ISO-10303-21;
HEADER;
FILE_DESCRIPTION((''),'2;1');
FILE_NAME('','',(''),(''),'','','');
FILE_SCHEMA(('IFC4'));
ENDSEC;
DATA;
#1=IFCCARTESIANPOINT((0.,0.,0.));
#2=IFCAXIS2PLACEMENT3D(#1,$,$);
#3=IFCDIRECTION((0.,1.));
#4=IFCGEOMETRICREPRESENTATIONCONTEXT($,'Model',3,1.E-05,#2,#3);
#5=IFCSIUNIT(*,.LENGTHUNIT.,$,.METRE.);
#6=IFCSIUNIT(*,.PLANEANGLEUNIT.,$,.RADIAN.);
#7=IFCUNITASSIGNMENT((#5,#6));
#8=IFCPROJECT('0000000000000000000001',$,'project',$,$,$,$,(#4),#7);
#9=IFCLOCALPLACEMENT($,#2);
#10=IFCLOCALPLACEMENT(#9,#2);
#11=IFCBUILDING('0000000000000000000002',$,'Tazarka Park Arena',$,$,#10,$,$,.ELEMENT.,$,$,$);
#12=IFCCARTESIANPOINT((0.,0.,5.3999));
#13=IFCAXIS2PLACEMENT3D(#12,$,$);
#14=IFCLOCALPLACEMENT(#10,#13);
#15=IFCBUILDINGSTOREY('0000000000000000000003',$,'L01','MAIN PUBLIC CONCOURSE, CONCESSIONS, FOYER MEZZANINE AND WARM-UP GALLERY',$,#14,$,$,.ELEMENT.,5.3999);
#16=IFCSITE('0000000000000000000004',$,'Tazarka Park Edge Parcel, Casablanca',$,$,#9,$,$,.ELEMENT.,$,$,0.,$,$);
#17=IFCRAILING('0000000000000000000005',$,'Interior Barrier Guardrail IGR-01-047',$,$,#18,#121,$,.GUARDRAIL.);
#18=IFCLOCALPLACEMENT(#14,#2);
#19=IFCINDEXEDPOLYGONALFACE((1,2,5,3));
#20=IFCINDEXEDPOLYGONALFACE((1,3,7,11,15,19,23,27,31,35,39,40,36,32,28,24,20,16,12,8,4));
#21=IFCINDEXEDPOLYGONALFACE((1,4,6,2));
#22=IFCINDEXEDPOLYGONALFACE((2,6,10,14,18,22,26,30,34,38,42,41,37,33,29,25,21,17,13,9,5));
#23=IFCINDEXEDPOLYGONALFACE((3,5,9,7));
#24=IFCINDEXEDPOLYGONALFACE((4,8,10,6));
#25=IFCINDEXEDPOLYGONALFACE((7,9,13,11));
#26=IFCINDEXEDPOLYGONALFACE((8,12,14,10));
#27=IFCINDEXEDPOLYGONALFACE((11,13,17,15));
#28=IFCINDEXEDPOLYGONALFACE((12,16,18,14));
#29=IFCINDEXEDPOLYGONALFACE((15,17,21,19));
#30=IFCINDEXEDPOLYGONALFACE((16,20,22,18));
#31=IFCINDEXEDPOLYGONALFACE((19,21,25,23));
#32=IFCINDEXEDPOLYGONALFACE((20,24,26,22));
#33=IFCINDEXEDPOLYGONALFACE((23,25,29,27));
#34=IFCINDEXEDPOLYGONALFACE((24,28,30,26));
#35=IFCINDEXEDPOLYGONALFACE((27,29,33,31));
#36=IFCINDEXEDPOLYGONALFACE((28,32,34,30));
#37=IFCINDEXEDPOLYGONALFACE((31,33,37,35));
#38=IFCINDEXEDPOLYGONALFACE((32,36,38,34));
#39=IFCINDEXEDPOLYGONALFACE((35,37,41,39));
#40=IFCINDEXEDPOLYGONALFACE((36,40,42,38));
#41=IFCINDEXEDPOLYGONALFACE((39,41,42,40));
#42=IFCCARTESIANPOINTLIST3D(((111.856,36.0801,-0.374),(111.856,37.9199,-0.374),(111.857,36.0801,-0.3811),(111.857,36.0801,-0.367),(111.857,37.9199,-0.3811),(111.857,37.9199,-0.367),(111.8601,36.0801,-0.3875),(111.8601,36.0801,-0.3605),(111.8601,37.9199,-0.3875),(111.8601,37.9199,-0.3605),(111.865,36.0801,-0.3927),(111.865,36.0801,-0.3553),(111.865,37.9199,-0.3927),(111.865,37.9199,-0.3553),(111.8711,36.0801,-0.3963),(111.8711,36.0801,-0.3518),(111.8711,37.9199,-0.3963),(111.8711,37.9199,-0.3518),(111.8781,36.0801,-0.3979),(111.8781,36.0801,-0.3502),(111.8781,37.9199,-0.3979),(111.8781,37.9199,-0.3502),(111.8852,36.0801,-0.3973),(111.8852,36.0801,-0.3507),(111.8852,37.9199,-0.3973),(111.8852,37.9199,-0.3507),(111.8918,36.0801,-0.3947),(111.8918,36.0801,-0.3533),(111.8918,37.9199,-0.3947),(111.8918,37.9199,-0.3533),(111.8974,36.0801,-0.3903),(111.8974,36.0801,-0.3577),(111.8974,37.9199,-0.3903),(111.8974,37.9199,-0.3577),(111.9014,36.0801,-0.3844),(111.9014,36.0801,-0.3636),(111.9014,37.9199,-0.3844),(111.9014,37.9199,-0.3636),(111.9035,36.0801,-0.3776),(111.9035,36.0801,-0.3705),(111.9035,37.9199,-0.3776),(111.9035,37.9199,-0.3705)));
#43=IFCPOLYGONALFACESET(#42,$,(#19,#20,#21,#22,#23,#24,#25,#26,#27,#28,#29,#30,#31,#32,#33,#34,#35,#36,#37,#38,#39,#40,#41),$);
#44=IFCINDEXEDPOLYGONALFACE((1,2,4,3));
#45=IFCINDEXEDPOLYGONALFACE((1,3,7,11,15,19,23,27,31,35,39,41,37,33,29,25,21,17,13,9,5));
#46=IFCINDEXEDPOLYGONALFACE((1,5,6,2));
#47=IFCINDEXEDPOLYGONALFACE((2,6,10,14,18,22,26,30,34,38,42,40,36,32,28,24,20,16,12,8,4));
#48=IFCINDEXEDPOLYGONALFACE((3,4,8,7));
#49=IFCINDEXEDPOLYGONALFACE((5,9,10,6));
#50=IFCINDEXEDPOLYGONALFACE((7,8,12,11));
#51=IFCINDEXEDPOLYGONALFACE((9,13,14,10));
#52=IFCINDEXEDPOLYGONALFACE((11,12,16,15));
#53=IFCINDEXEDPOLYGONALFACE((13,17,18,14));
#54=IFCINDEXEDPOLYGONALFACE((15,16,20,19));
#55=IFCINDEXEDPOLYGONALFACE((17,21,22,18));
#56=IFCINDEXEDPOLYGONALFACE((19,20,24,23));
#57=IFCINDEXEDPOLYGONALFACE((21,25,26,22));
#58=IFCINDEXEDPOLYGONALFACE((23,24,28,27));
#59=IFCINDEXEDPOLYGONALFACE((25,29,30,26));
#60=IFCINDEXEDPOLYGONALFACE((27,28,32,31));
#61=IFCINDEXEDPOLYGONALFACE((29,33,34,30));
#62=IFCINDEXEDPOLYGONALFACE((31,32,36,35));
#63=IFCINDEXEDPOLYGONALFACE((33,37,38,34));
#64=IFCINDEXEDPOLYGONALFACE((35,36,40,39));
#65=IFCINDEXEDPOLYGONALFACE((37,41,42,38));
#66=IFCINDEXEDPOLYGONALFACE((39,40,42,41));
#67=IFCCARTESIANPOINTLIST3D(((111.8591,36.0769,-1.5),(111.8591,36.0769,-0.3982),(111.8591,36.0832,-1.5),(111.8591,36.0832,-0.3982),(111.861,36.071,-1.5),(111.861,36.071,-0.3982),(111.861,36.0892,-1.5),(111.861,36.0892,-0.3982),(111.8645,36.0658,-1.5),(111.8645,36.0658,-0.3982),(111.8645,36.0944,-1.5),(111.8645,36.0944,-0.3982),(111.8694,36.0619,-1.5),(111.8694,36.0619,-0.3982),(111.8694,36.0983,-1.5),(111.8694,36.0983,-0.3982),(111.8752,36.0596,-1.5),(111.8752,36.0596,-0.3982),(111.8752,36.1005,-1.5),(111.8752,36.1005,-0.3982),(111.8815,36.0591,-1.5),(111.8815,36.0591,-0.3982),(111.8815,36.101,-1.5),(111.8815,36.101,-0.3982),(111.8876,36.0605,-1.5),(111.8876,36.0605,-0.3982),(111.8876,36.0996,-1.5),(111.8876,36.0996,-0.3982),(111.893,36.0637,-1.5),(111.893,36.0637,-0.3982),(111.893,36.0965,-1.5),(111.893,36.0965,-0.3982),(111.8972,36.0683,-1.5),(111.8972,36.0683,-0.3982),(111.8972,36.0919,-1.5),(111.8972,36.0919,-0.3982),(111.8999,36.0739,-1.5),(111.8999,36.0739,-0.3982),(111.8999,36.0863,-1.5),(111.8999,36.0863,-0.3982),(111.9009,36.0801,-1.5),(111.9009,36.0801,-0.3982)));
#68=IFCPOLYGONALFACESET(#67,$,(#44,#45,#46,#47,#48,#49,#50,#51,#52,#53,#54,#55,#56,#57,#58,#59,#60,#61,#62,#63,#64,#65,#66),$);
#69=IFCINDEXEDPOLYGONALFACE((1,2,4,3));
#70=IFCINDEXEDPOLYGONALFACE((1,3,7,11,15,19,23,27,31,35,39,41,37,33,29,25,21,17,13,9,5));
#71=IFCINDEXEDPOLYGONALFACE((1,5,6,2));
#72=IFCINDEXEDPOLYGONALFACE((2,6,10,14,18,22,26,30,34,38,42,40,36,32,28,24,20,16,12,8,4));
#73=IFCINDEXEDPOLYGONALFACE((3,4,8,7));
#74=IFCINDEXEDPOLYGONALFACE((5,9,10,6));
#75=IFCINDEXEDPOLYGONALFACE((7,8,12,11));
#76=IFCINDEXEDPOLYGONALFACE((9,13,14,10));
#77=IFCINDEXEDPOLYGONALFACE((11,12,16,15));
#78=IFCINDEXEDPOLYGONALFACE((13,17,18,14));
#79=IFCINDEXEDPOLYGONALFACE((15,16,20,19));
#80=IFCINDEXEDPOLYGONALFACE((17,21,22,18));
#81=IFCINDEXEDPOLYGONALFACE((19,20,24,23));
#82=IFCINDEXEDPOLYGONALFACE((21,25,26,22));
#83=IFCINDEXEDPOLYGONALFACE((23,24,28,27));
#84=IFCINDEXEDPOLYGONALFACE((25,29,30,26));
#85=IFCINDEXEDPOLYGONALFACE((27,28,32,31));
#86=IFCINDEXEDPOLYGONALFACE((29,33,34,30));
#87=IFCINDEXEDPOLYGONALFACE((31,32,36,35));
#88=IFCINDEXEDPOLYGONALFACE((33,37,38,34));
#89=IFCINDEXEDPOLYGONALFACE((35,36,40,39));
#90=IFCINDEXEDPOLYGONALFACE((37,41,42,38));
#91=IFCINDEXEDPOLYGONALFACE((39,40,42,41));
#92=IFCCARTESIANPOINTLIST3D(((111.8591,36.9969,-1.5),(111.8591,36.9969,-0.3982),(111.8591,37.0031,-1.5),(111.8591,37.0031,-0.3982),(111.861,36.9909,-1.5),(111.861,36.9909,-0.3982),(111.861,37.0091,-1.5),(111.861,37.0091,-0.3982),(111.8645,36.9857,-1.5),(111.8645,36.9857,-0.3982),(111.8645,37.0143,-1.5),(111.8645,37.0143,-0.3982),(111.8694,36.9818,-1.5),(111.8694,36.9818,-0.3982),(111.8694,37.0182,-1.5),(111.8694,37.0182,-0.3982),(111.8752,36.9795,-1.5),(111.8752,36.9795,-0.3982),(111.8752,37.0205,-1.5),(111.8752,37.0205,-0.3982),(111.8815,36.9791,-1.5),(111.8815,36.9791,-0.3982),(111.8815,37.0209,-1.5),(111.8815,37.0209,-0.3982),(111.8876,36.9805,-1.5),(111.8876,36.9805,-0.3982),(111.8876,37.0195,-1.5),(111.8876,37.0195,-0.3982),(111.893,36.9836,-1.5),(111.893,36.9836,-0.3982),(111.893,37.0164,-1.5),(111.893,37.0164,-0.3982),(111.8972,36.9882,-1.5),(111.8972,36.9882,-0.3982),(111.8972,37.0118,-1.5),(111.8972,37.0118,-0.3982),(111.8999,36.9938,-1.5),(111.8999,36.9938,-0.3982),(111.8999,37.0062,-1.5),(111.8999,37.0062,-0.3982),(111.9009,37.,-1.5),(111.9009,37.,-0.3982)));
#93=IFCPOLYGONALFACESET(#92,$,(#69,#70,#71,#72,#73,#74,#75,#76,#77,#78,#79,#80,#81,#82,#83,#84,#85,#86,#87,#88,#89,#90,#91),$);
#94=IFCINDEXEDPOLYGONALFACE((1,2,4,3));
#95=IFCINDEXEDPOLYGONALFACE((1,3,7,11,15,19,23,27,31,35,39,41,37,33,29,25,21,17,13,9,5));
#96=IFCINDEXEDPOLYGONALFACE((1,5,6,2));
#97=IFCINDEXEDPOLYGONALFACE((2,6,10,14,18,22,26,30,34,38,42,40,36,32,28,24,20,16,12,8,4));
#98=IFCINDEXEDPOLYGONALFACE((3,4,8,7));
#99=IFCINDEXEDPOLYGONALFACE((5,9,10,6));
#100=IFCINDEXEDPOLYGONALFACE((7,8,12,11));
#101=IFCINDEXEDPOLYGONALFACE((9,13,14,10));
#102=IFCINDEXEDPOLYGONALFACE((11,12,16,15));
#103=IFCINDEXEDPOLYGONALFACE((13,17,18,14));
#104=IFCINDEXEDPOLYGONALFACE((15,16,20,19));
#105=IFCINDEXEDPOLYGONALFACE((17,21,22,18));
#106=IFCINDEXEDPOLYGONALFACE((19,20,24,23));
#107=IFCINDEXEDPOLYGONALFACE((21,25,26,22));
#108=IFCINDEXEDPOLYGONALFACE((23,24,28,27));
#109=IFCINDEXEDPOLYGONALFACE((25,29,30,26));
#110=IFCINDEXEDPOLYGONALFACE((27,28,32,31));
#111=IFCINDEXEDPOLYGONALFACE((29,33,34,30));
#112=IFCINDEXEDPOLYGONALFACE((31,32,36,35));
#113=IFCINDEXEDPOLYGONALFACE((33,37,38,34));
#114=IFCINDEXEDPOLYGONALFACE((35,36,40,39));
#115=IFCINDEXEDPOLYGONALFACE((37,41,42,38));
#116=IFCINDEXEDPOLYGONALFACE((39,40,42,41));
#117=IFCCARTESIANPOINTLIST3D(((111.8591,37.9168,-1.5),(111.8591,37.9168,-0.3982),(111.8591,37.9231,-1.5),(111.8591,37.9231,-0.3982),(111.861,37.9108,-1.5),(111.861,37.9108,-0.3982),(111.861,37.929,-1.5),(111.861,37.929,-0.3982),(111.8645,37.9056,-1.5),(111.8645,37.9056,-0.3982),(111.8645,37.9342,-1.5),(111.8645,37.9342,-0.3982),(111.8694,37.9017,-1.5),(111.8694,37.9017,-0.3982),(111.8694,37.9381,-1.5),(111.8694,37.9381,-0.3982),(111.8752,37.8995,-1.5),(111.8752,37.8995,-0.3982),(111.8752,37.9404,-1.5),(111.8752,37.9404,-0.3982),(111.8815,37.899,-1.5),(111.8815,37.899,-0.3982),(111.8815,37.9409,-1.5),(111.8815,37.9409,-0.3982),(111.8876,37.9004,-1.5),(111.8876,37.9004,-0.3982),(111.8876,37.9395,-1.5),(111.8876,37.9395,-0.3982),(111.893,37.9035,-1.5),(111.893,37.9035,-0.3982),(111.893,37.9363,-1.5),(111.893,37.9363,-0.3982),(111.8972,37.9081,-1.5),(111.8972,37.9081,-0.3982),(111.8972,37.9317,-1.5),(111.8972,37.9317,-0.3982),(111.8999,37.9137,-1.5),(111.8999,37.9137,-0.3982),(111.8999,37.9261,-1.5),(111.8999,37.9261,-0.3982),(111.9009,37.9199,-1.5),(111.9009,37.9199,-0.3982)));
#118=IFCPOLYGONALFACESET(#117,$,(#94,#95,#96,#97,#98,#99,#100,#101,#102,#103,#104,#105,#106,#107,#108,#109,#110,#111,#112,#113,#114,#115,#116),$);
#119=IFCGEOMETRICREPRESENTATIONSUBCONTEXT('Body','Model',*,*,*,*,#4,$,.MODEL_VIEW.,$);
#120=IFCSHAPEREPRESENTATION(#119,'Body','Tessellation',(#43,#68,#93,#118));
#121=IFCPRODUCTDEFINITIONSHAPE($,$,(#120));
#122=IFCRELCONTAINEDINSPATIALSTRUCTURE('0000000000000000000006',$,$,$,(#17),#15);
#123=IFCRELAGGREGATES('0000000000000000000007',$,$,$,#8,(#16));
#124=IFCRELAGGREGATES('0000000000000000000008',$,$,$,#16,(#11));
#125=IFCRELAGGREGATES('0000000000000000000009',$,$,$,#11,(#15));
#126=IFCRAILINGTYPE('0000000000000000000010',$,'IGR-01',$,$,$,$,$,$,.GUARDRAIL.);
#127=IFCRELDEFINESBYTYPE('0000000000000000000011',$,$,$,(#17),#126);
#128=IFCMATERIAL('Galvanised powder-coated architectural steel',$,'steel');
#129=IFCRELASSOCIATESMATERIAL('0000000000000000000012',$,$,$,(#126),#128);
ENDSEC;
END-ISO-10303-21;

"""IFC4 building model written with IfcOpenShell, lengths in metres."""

from ifc_helpers import new_model, si_unit, direction, frame, origin, origin_2d, place, context, subcontext, project, spatial, circle, extrude, material, type_object, element, save


model = new_model("IFC4")

# Units and contexts
model_context = context("Model", 3, precision=1e-05, world=origin(), true_north=direction((0.0, 1.0)))
body_context = subcontext(model_context, "Body", "Model", "MODEL_VIEW")
ifc_project = project(units=[si_unit("LENGTHUNIT", "METRE"), si_unit("PLANEANGLEUNIT", "RADIAN")], contexts=[model_context])

# Site, building, storey
site_placement = place(None, origin())
site = spatial("IfcSite", under=ifc_project, at=site_placement, Name="Tazarka Park Edge Parcel, Casablanca", CompositionType="ELEMENT", RefElevation=0.0)
building_placement = place(site_placement, origin())
building = spatial("IfcBuilding", under=site, at=building_placement, Name="Tazarka Park Arena", CompositionType="ELEMENT")
storey_placement = place(building_placement, frame((0.0, 0.0, 5.3999)))
storey = spatial("IfcBuildingStorey", under=building, at=storey_placement, Name="L01", Description="MAIN PUBLIC CONCOURSE, CONCESSIONS, FOYER MEZZANINE AND WARM-UP GALLERY", CompositionType="ELEMENT", Elevation=5.3999)

# Railing
ifc_material_1 = material(Name="Galvanised powder-coated architectural steel", Category="steel")
railing_type = type_object("IfcRailingType", Name="IGR-01", PredefinedType="GUARDRAIL", material=ifc_material_1)
railing_1_placement = place(storey_placement, frame((111.8799, 36.0801, -1.5)))
element("IfcRailing", 1, at=railing_1_placement, inside=storey, type_object=railing_type, Name="Interior Barrier Guardrail IGR-01-047", PredefinedType="GUARDRAIL", context=body_context, shape_type="SweptSolid", body=[
    extrude(circle(Radius=0.0239, at=origin_2d()), frame((0.0, 0.0, 1.126), z_axis=(0.0, 1.0, 0.0), x_axis=(-1.0, 0.0, 0.0)), (0.0, 0.0, 1.0), 1.8398),
    extrude(circle(Radius=0.021, at=origin_2d()), origin(), (0.0, 0.0, 1.0), 1.1018),
    extrude(circle(Radius=0.021, at=origin_2d()), frame((0.0, 0.9199, 0.0)), (0.0, 0.0, 1.0), 1.1018),
    extrude(circle(Radius=0.021, at=origin_2d()), frame((0.0, 1.8398, 0.0)), (0.0, 0.0, 1.0), 1.1018),
])

save(model, "model.ifc")
